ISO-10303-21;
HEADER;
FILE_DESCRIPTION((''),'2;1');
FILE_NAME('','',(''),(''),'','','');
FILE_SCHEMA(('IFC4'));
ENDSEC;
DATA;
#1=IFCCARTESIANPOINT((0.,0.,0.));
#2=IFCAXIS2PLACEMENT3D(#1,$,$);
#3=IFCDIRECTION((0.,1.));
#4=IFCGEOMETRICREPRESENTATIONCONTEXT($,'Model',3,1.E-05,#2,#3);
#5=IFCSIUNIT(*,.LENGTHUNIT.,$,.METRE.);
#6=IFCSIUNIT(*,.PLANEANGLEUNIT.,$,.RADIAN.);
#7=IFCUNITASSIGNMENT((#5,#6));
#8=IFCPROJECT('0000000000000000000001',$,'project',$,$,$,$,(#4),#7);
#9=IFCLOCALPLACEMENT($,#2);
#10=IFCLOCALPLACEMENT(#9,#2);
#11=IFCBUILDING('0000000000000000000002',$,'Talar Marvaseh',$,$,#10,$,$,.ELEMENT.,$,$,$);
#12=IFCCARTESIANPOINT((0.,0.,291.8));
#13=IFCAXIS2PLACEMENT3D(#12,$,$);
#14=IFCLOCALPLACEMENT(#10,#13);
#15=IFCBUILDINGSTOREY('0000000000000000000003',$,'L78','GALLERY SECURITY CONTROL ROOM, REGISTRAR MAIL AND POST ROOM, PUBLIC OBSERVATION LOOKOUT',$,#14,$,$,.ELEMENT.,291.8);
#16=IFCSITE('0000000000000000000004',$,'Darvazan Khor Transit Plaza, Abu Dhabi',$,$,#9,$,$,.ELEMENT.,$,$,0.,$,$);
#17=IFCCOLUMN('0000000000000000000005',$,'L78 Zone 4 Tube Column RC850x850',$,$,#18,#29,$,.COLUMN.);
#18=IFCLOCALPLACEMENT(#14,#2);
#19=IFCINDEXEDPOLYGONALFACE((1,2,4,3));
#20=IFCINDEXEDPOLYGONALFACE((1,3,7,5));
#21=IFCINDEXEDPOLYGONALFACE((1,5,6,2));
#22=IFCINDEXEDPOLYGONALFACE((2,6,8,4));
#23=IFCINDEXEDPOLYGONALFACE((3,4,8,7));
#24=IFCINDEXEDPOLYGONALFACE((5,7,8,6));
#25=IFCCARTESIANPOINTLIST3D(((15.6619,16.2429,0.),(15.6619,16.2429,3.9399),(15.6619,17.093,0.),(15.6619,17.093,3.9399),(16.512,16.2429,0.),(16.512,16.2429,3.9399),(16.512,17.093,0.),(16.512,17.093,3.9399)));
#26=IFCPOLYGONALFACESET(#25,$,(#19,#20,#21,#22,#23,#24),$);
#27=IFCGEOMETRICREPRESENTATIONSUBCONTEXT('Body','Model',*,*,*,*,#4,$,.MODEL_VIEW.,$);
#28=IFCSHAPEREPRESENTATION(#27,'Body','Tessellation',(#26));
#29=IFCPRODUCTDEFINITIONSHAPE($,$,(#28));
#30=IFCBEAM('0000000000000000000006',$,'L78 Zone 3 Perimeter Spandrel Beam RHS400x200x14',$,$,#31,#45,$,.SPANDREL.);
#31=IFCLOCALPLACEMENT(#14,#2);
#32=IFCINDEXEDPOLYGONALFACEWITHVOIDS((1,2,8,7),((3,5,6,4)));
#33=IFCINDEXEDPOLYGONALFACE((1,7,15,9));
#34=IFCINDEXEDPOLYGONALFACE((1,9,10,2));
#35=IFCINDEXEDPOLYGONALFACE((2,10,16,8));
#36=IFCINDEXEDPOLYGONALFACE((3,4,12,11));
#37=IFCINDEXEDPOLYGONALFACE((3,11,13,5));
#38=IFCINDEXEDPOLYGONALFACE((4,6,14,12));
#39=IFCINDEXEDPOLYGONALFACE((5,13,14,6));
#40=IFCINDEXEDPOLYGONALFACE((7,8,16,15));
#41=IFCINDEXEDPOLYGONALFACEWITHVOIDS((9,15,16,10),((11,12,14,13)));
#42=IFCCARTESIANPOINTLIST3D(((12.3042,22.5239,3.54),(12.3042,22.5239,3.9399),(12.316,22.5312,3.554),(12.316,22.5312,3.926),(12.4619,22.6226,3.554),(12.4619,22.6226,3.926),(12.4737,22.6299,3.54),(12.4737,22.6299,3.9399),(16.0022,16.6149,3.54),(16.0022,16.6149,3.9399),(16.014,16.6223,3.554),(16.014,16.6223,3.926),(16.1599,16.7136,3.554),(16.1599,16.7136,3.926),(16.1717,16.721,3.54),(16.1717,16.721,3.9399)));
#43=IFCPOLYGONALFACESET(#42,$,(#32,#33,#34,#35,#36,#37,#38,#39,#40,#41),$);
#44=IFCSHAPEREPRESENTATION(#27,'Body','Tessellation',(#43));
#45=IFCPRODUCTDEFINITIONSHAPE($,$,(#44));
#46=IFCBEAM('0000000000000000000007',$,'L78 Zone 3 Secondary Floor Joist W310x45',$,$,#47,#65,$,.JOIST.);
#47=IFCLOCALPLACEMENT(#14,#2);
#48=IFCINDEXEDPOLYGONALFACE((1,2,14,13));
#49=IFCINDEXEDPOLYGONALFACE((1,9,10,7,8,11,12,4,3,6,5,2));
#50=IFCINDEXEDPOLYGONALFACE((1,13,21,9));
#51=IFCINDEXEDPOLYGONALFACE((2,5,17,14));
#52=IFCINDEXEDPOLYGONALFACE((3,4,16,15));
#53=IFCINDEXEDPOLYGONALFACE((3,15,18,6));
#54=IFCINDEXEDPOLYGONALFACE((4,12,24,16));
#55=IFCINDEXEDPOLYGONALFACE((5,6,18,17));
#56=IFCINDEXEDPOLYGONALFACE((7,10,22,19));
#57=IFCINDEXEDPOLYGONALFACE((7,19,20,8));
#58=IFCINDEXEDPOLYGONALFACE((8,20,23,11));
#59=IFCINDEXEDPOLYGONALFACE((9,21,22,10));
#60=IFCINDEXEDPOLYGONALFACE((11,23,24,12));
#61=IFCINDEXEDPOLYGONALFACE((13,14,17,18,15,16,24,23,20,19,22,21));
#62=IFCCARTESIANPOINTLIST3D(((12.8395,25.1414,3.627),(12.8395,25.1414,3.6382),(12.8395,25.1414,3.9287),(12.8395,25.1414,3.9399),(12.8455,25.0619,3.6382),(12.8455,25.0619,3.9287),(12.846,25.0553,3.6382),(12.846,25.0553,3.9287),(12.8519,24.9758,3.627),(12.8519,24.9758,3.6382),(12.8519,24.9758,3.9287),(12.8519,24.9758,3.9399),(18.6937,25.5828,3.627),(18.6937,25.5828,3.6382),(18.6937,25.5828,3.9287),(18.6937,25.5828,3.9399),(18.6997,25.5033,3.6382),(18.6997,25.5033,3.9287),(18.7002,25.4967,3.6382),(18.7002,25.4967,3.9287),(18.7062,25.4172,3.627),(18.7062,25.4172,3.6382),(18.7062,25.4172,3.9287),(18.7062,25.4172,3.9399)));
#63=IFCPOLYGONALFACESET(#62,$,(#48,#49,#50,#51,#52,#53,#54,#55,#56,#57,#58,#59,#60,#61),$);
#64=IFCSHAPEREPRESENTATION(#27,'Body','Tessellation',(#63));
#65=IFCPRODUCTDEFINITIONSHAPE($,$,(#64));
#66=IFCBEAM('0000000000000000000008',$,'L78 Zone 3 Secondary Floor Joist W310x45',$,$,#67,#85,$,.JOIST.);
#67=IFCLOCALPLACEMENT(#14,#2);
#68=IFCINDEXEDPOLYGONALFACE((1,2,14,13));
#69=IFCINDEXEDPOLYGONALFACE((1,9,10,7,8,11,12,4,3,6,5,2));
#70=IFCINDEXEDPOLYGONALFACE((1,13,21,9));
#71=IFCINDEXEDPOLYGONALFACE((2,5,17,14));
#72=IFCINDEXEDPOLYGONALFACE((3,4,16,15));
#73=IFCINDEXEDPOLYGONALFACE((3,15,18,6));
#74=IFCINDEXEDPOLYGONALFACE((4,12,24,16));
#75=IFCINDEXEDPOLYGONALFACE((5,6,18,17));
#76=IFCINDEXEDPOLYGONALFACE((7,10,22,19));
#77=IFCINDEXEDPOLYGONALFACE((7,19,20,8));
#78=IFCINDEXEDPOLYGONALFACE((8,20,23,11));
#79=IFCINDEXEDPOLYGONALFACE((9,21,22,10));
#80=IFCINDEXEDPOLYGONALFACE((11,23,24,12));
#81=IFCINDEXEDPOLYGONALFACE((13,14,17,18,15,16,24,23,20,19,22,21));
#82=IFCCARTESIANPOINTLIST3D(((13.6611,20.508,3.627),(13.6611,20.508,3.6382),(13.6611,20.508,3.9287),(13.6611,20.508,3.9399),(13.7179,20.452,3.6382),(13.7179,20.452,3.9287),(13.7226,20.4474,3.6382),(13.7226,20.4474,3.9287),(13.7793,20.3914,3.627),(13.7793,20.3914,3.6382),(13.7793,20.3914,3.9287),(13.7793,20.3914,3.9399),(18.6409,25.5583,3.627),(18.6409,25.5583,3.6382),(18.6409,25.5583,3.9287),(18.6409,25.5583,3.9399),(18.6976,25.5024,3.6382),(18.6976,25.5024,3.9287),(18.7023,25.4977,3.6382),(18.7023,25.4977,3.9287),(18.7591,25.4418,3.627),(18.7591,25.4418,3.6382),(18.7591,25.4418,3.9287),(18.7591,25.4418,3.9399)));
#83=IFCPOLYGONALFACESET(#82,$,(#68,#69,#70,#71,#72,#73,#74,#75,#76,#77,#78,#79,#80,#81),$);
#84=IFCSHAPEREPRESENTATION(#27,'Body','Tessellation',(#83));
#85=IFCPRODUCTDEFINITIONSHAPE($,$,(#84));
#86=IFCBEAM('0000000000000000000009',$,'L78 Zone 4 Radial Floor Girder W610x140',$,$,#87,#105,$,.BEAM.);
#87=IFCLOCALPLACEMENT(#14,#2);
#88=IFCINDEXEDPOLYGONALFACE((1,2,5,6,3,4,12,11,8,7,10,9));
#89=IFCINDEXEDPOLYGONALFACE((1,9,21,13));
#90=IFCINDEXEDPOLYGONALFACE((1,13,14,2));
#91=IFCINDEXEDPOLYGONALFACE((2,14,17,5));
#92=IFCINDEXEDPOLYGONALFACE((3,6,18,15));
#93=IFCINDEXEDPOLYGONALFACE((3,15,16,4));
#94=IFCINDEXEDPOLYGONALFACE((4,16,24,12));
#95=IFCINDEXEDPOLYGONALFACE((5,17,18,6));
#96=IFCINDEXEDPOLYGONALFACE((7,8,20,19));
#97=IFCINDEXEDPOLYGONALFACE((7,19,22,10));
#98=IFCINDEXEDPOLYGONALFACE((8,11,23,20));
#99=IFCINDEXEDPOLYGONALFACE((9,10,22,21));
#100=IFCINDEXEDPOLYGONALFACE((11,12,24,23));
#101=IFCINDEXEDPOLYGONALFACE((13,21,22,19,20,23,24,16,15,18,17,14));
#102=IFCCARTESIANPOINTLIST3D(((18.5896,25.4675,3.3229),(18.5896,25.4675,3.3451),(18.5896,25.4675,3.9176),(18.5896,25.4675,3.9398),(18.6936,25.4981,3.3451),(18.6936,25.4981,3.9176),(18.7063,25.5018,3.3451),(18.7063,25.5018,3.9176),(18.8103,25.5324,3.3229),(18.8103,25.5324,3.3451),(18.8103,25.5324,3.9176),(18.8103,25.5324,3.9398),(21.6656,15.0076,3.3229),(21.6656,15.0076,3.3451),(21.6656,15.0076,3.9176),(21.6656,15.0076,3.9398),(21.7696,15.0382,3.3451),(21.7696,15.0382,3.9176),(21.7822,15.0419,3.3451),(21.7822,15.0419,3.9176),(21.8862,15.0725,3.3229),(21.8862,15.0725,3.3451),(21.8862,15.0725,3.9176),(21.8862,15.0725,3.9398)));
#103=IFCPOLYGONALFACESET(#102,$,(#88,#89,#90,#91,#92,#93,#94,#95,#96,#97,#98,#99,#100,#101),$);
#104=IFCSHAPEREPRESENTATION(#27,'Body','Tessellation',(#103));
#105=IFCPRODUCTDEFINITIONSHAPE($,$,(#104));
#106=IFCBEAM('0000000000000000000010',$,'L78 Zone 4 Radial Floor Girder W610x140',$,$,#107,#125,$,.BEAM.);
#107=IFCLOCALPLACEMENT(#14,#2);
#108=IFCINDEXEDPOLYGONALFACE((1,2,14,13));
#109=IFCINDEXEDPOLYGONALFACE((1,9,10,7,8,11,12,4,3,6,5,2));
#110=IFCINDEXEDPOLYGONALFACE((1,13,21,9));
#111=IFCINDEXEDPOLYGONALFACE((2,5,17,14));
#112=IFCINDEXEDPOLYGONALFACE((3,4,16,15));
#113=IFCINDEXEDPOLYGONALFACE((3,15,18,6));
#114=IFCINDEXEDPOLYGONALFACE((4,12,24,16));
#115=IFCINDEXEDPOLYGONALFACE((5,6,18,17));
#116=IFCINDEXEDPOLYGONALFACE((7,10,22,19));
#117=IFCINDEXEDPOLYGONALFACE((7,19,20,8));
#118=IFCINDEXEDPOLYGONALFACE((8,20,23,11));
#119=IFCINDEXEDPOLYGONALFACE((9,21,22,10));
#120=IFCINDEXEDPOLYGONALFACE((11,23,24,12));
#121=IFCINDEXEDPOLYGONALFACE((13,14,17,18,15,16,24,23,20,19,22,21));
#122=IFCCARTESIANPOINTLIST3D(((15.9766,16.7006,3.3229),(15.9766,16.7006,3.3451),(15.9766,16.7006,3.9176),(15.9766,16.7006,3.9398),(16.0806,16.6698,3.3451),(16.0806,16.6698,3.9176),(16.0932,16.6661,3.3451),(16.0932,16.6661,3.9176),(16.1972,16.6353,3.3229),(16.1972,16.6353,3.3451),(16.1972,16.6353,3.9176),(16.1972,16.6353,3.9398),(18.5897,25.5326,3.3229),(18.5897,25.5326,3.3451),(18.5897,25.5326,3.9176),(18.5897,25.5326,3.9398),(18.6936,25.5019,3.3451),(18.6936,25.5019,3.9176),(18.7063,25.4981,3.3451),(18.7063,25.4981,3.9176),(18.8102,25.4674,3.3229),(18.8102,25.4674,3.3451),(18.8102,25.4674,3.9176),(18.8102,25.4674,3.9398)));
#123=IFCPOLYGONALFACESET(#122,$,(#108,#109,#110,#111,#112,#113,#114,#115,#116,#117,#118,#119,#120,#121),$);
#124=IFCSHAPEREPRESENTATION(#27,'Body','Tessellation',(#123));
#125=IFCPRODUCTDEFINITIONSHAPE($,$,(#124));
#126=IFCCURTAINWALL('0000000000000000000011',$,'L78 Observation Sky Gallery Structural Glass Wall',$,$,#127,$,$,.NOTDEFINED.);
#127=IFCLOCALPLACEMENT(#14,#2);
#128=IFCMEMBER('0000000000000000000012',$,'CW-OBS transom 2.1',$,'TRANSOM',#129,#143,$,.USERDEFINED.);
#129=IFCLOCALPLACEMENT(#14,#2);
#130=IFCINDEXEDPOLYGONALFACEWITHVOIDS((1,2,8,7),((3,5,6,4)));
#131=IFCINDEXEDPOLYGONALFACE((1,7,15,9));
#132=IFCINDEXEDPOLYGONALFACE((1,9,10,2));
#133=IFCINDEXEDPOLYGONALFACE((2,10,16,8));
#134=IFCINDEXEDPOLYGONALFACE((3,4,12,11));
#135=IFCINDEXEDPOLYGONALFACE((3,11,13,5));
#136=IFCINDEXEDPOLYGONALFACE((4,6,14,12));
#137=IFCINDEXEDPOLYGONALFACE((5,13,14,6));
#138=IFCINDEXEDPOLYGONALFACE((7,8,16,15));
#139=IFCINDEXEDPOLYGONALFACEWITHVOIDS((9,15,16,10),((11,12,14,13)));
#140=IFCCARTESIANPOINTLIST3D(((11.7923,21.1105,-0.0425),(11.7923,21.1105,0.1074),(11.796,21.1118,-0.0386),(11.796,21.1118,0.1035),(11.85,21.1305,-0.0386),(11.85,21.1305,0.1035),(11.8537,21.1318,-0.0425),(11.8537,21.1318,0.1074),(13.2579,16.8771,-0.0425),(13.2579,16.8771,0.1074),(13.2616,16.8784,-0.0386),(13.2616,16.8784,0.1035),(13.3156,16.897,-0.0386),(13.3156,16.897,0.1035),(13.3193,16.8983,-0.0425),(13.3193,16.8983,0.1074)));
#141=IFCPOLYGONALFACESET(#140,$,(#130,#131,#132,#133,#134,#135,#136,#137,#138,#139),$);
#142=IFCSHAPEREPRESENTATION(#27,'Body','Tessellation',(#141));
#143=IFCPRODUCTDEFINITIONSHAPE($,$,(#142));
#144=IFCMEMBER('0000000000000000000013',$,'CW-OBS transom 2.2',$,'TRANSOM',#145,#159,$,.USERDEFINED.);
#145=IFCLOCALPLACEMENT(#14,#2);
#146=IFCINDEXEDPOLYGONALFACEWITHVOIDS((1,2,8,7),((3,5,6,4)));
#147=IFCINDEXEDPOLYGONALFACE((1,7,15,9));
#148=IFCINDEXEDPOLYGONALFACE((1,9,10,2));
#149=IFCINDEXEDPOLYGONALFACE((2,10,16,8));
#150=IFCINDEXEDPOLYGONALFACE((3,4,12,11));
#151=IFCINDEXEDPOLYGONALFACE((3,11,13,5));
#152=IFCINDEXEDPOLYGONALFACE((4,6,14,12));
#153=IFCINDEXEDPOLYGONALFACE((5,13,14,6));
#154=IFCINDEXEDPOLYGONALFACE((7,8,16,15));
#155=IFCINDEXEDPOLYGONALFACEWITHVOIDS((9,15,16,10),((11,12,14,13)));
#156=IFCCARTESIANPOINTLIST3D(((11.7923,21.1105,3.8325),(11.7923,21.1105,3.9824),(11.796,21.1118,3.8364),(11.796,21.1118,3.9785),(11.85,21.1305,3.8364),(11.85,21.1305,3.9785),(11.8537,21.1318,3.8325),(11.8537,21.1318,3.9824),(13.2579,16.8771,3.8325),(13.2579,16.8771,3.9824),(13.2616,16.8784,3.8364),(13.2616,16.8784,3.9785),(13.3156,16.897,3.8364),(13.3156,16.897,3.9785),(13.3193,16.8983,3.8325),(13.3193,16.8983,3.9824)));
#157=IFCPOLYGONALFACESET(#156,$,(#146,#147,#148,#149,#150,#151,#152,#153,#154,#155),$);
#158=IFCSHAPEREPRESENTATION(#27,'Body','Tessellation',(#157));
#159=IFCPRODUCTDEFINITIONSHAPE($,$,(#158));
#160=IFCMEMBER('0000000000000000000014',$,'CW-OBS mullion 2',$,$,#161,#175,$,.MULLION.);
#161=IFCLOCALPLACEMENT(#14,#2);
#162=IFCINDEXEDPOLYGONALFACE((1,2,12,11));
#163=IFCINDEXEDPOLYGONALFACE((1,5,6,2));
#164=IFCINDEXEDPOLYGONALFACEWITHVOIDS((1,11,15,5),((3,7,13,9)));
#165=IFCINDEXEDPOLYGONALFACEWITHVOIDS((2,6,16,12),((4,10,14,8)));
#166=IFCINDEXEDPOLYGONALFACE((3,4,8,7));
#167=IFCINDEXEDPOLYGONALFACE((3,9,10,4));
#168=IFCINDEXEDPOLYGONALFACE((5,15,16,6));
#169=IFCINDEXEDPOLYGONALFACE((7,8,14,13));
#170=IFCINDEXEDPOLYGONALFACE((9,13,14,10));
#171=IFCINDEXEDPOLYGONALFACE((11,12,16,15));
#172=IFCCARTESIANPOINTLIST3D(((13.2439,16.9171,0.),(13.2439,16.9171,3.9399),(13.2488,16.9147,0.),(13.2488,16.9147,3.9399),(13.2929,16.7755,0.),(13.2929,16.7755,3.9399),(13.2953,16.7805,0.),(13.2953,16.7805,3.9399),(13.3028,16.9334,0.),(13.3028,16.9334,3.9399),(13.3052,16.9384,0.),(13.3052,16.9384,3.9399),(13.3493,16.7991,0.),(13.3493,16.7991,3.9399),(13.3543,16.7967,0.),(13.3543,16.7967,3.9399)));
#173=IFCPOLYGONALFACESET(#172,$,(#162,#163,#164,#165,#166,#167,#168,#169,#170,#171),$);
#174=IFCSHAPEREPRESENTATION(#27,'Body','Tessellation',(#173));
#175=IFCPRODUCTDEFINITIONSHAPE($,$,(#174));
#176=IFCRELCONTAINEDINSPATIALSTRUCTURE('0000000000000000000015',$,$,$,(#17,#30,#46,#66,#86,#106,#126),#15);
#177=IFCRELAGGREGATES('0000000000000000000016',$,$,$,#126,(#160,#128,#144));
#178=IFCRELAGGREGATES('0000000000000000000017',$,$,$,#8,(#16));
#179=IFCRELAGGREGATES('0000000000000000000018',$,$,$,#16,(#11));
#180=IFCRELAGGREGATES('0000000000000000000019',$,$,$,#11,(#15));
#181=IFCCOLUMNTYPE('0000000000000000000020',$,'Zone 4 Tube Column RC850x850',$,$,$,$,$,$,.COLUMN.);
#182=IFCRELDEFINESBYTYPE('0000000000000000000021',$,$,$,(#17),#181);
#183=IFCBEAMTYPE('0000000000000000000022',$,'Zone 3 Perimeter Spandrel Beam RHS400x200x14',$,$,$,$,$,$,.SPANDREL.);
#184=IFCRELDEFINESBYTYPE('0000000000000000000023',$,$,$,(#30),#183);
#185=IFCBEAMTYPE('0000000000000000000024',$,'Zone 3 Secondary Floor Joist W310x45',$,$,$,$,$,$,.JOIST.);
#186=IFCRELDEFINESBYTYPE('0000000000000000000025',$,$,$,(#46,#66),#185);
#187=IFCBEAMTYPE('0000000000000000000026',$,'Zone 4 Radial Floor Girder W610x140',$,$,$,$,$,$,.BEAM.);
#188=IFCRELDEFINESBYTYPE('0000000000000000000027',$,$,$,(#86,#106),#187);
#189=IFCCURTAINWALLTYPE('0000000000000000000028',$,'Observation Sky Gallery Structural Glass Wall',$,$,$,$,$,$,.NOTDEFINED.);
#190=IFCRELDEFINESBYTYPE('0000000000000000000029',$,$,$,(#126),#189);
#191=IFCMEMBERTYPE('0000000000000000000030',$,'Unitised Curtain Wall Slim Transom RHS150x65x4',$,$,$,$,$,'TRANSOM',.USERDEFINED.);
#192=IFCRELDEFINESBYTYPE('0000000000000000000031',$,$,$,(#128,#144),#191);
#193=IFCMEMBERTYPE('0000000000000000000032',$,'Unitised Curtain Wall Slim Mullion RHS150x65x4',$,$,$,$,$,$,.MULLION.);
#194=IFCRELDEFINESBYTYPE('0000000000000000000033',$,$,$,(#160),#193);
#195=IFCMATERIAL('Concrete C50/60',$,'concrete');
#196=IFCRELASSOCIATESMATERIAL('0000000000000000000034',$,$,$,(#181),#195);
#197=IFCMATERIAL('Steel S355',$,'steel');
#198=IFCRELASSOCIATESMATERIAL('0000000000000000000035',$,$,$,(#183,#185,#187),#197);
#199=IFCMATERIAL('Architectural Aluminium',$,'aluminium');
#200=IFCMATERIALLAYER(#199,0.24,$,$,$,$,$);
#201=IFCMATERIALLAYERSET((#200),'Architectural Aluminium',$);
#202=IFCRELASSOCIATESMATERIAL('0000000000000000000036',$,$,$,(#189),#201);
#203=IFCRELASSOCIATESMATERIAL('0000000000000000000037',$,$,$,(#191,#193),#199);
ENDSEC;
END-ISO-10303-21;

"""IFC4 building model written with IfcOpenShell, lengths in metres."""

from ifc_helpers import new_model, si_unit, direction, frame, origin, origin_2d, place, context, subcontext, project, spatial, rectangle, hollow_rectangle, i_section, extrude, source, transform, mapped, material, layer, layer_set, material_profile, profile_set, type_object, type_shapes, element, aggregate, save


model = new_model("IFC4")

# Units and contexts
model_context = context("Model", 3, precision=1e-05, world=origin(), true_north=direction((0.0, 1.0)))
body_context = subcontext(model_context, "Body", "Model", "MODEL_VIEW")
ifc_project = project(units=[si_unit("LENGTHUNIT", "METRE"), si_unit("PLANEANGLEUNIT", "RADIAN")], contexts=[model_context])

# Site, building, storey
site_placement = place(None, origin())
site = spatial("IfcSite", under=ifc_project, at=site_placement, Name="Darvazan Khor Transit Plaza, Abu Dhabi", CompositionType="ELEMENT", RefElevation=0.0)
building_placement = place(site_placement, origin())
building = spatial("IfcBuilding", under=site, at=building_placement, Name="Talar Marvaseh", CompositionType="ELEMENT")
storey_placement = place(building_placement, frame((0.0, 0.0, 291.8)))
storey = spatial("IfcBuildingStorey", under=building, at=storey_placement, Name="L78", Description="GALLERY SECURITY CONTROL ROOM, REGISTRAR MAIL AND POST ROOM, PUBLIC OBSERVATION LOOKOUT", CompositionType="ELEMENT", Elevation=291.8)

# Column
ifc_material_1 = material(Name="Concrete C50/60", Category="concrete")
ifc_material_profile_1 = material_profile(ifc_material_1, rectangle(XDim=0.8501, YDim=0.8501, at=origin_2d()), Name="RC850x850")
ifc_profile_set_1 = profile_set([ifc_material_profile_1], Name="Concrete C50/60")
column_type = type_object("IfcColumnType", Name="Zone 4 Tube Column RC850x850", PredefinedType="COLUMN", material=ifc_profile_set_1)
column_placement = place(storey_placement, frame((16.0869, 16.668, 0.0), z_axis=(0.0, 0.0, 1.0), x_axis=(1.0, 0.0, 0.0)))
element("IfcColumn", 1, at=column_placement, inside=storey, type_object=column_type, Name="L78 Zone 4 Tube Column RC850x850", PredefinedType="COLUMN", context=body_context, shape_type="SweptSolid", body=[
    extrude(rectangle(XDim=0.8501, YDim=0.8501, at=origin_2d()), origin(), (0.0, 0.0, 1.0), 3.9399),
])

# Beams
ifc_material_2 = material(Name="Steel S355", Category="steel")
ifc_material_profile_2 = material_profile(ifc_material_2, hollow_rectangle(XDim=0.2, YDim=0.3999, WallThickness=0.0139, at=origin_2d()), Name="RHS400x200x14")
ifc_profile_set_2 = profile_set([ifc_material_profile_2], Name="Steel S355")
beam_type_1 = type_object("IfcBeamType", Name="Zone 3 Perimeter Spandrel Beam RHS400x200x14", PredefinedType="SPANDREL", material=ifc_profile_set_2)
beam_1_placement = place(storey_placement, frame((16.0869, 16.668, 3.74), z_axis=(-0.530506, 0.847681, 0.0), x_axis=(-0.847681, -0.530506, 0.0)))
element("IfcBeam", 2, at=beam_1_placement, inside=storey, type_object=beam_type_1, Name="L78 Zone 3 Perimeter Spandrel Beam RHS400x200x14", PredefinedType="SPANDREL", context=body_context, shape_type="SweptSolid", body=[
    extrude(hollow_rectangle(XDim=0.2, YDim=0.3999, WallThickness=0.0139, at=origin_2d()), origin(), (0.0, 0.0, 1.0), 6.9707),
])
ifc_material_profile_3 = material_profile(ifc_material_2, i_section(OverallWidth=0.166, OverallDepth=0.313, WebThickness=0.0066, FlangeThickness=0.0112, at=origin_2d()), Name="W310x45")
ifc_profile_set_3 = profile_set([ifc_material_profile_3], Name="Steel S355")
beam_type_2 = type_object("IfcBeamType", Name="Zone 3 Secondary Floor Joist W310x45", PredefinedType="JOIST", material=ifc_profile_set_3)
beam_2_placement = place(storey_placement, frame((12.8457, 25.0586, 3.7834), z_axis=(0.99717, 0.075186, 0.0), x_axis=(-0.075186, 0.99717, 0.0)))
element("IfcBeam", 3, at=beam_2_placement, inside=storey, type_object=beam_type_2, Name="L78 Zone 3 Secondary Floor Joist W310x45", PredefinedType="JOIST", context=body_context, shape_type="SweptSolid", body=[
    extrude(i_section(OverallWidth=0.166, OverallDepth=0.313, WebThickness=0.0066, FlangeThickness=0.0112, at=origin_2d()), origin(), (0.0, 0.0, 1.0), 5.8708),
])
beam_3_placement = place(storey_placement, frame((13.7202, 20.4497, 3.7834), z_axis=(0.702115, 0.712063, 0.0), x_axis=(-0.712063, 0.702115, 0.0)))
element("IfcBeam", 4, at=beam_3_placement, inside=storey, type_object=beam_type_2, Name="L78 Zone 3 Secondary Floor Joist W310x45", PredefinedType="JOIST", context=body_context, shape_type="SweptSolid", body=[
    extrude(i_section(OverallWidth=0.166, OverallDepth=0.313, WebThickness=0.0066, FlangeThickness=0.0112, at=origin_2d()), origin(), (0.0, 0.0, 1.0), 7.0925),
])
ifc_material_profile_4 = material_profile(ifc_material_2, i_section(OverallWidth=0.23, OverallDepth=0.6169, WebThickness=0.0132, FlangeThickness=0.0222, at=origin_2d()), Name="W610x140")
ifc_profile_set_4 = profile_set([ifc_material_profile_4], Name="Steel S355")
beam_type_3 = type_object("IfcBeamType", Name="Zone 4 Radial Floor Girder W610x140", PredefinedType="BEAM", material=ifc_profile_set_4)
beam_4_placement = place(storey_placement, frame((21.7759, 15.04, 3.6313), z_axis=(-0.282121, 0.959379, 0.0), x_axis=(-0.959379, -0.282121, 0.0)))
element("IfcBeam", 5, at=beam_4_placement, inside=storey, type_object=beam_type_3, Name="L78 Zone 4 Radial Floor Girder W610x140", PredefinedType="BEAM", context=body_context, shape_type="SweptSolid", body=[
    extrude(i_section(OverallWidth=0.23, OverallDepth=0.6169, WebThickness=0.0132, FlangeThickness=0.0222, at=origin_2d()), origin(), (0.0, 0.0, 1.0), 10.9028),
])
beam_5_placement = place(storey_placement, frame((16.0869, 16.668, 3.6313), z_axis=(0.283703, 0.958912, 0.0), x_axis=(-0.958912, 0.283703, 0.0)))
element("IfcBeam", 6, at=beam_5_placement, inside=storey, type_object=beam_type_3, Name="L78 Zone 4 Radial Floor Girder W610x140", PredefinedType="BEAM", context=body_context, shape_type="SweptSolid", body=[
    extrude(i_section(OverallWidth=0.23, OverallDepth=0.6169, WebThickness=0.0132, FlangeThickness=0.0222, at=origin_2d()), origin(), (0.0, 0.0, 1.0), 9.2104),
])

# Curtain wall, members
ifc_material_3 = material(Name="Architectural Aluminium", Category="aluminium")
ifc_layer_1 = layer(ifc_material_3, 0.24)
ifc_layer_set_1 = layer_set([ifc_layer_1], Name="Architectural Aluminium")
curtain_wall_type = type_object("IfcCurtainWallType", Name="Observation Sky Gallery Structural Glass Wall", PredefinedType="NOTDEFINED", material=ifc_layer_set_1)
curtain_wall_placement = place(storey_placement, origin())
curtain_wall = element("IfcCurtainWall", 7, at=curtain_wall_placement, inside=storey, type_object=curtain_wall_type, Name="L78 Observation Sky Gallery Structural Glass Wall", PredefinedType="NOTDEFINED")
ifc_material_profile_5 = material_profile(ifc_material_3, hollow_rectangle(XDim=0.0649, YDim=0.1499, WallThickness=0.0039, at=origin_2d()), Name="RHS150x65x4")
ifc_profile_set_5 = profile_set([ifc_material_profile_5], Name="Architectural Aluminium")
member_type_1 = type_object("IfcMemberType", Name="Unitised Curtain Wall Slim Transom RHS150x65x4", ElementType="TRANSOM", PredefinedType="USERDEFINED", material=ifc_profile_set_5)
shared_shape_1 = source(origin(), body_context, "Body", "SweptSolid", [
    extrude(hollow_rectangle(XDim=0.0649, YDim=0.1499, WallThickness=0.0039, at=origin_2d()), origin(), (0.0, 0.0, 1.0), 4.48),
])
type_shapes(member_type_1, [shared_shape_1])
member_1_placement = place(storey_placement, frame((13.2886, 16.8877, 0.0325), z_axis=(-0.327144, 0.944974, 0.0), x_axis=(-0.944974, -0.327144, 0.0)))
member_1 = element("IfcMember", 8, at=member_1_placement, type_object=member_type_1, Name="CW-OBS transom 2.1", ObjectType="TRANSOM", PredefinedType="USERDEFINED", context=body_context, shape_type="MappedRepresentation", body=[
    mapped(shared_shape_1, transform((0.0, 0.0, 0.0), x_axis=(1.0, 0.0, 0.0), y_axis=(0.0, 1.0, 0.0), z_axis=(0.0, 0.0, 1.0), scale=1.0)),
])
member_2_placement = place(storey_placement, frame((13.2886, 16.8877, 3.9075), z_axis=(-0.327144, 0.944974, 0.0), x_axis=(-0.944974, -0.327144, 0.0)))
member_2 = element("IfcMember", 9, at=member_2_placement, type_object=member_type_1, Name="CW-OBS transom 2.2", ObjectType="TRANSOM", PredefinedType="USERDEFINED", context=body_context, shape_type="MappedRepresentation", body=[
    mapped(shared_shape_1, transform((0.0, 0.0, 0.0), x_axis=(1.0, 0.0, 0.0), y_axis=(0.0, 1.0, 0.0), z_axis=(0.0, 0.0, 1.0), scale=1.0)),
])
ifc_material_profile_6 = material_profile(ifc_material_3, hollow_rectangle(XDim=0.0649, YDim=0.1499, WallThickness=0.0039, at=origin_2d()), Name="RHS150x65x4")
ifc_profile_set_6 = profile_set([ifc_material_profile_6], Name="Architectural Aluminium")
member_type_2 = type_object("IfcMemberType", Name="Unitised Curtain Wall Slim Mullion RHS150x65x4", PredefinedType="MULLION", material=ifc_profile_set_6)
shared_shape_2 = source(origin(), body_context, "Body", "SweptSolid", [
    extrude(hollow_rectangle(XDim=0.0649, YDim=0.1499, WallThickness=0.0039, at=origin_2d()), origin(), (0.0, 0.0, 1.0), 3.9399),
])
type_shapes(member_type_2, [shared_shape_2])
member_3_placement = place(storey_placement, frame((13.2991, 16.8569, 0.0), z_axis=(0.0, 0.0, 1.0), x_axis=(-0.944972, -0.327151, 0.0)))
member_3 = element("IfcMember", 10, at=member_3_placement, type_object=member_type_2, Name="CW-OBS mullion 2", PredefinedType="MULLION", context=body_context, shape_type="MappedRepresentation", body=[
    mapped(shared_shape_2, transform((0.0, 0.0, 0.0), x_axis=(1.0, 0.0, 0.0), y_axis=(0.0, 1.0, 0.0), z_axis=(0.0, 0.0, 1.0), scale=1.0)),
])
aggregate(curtain_wall, [member_3, member_1, member_2])

save(model, "model.ifc")
